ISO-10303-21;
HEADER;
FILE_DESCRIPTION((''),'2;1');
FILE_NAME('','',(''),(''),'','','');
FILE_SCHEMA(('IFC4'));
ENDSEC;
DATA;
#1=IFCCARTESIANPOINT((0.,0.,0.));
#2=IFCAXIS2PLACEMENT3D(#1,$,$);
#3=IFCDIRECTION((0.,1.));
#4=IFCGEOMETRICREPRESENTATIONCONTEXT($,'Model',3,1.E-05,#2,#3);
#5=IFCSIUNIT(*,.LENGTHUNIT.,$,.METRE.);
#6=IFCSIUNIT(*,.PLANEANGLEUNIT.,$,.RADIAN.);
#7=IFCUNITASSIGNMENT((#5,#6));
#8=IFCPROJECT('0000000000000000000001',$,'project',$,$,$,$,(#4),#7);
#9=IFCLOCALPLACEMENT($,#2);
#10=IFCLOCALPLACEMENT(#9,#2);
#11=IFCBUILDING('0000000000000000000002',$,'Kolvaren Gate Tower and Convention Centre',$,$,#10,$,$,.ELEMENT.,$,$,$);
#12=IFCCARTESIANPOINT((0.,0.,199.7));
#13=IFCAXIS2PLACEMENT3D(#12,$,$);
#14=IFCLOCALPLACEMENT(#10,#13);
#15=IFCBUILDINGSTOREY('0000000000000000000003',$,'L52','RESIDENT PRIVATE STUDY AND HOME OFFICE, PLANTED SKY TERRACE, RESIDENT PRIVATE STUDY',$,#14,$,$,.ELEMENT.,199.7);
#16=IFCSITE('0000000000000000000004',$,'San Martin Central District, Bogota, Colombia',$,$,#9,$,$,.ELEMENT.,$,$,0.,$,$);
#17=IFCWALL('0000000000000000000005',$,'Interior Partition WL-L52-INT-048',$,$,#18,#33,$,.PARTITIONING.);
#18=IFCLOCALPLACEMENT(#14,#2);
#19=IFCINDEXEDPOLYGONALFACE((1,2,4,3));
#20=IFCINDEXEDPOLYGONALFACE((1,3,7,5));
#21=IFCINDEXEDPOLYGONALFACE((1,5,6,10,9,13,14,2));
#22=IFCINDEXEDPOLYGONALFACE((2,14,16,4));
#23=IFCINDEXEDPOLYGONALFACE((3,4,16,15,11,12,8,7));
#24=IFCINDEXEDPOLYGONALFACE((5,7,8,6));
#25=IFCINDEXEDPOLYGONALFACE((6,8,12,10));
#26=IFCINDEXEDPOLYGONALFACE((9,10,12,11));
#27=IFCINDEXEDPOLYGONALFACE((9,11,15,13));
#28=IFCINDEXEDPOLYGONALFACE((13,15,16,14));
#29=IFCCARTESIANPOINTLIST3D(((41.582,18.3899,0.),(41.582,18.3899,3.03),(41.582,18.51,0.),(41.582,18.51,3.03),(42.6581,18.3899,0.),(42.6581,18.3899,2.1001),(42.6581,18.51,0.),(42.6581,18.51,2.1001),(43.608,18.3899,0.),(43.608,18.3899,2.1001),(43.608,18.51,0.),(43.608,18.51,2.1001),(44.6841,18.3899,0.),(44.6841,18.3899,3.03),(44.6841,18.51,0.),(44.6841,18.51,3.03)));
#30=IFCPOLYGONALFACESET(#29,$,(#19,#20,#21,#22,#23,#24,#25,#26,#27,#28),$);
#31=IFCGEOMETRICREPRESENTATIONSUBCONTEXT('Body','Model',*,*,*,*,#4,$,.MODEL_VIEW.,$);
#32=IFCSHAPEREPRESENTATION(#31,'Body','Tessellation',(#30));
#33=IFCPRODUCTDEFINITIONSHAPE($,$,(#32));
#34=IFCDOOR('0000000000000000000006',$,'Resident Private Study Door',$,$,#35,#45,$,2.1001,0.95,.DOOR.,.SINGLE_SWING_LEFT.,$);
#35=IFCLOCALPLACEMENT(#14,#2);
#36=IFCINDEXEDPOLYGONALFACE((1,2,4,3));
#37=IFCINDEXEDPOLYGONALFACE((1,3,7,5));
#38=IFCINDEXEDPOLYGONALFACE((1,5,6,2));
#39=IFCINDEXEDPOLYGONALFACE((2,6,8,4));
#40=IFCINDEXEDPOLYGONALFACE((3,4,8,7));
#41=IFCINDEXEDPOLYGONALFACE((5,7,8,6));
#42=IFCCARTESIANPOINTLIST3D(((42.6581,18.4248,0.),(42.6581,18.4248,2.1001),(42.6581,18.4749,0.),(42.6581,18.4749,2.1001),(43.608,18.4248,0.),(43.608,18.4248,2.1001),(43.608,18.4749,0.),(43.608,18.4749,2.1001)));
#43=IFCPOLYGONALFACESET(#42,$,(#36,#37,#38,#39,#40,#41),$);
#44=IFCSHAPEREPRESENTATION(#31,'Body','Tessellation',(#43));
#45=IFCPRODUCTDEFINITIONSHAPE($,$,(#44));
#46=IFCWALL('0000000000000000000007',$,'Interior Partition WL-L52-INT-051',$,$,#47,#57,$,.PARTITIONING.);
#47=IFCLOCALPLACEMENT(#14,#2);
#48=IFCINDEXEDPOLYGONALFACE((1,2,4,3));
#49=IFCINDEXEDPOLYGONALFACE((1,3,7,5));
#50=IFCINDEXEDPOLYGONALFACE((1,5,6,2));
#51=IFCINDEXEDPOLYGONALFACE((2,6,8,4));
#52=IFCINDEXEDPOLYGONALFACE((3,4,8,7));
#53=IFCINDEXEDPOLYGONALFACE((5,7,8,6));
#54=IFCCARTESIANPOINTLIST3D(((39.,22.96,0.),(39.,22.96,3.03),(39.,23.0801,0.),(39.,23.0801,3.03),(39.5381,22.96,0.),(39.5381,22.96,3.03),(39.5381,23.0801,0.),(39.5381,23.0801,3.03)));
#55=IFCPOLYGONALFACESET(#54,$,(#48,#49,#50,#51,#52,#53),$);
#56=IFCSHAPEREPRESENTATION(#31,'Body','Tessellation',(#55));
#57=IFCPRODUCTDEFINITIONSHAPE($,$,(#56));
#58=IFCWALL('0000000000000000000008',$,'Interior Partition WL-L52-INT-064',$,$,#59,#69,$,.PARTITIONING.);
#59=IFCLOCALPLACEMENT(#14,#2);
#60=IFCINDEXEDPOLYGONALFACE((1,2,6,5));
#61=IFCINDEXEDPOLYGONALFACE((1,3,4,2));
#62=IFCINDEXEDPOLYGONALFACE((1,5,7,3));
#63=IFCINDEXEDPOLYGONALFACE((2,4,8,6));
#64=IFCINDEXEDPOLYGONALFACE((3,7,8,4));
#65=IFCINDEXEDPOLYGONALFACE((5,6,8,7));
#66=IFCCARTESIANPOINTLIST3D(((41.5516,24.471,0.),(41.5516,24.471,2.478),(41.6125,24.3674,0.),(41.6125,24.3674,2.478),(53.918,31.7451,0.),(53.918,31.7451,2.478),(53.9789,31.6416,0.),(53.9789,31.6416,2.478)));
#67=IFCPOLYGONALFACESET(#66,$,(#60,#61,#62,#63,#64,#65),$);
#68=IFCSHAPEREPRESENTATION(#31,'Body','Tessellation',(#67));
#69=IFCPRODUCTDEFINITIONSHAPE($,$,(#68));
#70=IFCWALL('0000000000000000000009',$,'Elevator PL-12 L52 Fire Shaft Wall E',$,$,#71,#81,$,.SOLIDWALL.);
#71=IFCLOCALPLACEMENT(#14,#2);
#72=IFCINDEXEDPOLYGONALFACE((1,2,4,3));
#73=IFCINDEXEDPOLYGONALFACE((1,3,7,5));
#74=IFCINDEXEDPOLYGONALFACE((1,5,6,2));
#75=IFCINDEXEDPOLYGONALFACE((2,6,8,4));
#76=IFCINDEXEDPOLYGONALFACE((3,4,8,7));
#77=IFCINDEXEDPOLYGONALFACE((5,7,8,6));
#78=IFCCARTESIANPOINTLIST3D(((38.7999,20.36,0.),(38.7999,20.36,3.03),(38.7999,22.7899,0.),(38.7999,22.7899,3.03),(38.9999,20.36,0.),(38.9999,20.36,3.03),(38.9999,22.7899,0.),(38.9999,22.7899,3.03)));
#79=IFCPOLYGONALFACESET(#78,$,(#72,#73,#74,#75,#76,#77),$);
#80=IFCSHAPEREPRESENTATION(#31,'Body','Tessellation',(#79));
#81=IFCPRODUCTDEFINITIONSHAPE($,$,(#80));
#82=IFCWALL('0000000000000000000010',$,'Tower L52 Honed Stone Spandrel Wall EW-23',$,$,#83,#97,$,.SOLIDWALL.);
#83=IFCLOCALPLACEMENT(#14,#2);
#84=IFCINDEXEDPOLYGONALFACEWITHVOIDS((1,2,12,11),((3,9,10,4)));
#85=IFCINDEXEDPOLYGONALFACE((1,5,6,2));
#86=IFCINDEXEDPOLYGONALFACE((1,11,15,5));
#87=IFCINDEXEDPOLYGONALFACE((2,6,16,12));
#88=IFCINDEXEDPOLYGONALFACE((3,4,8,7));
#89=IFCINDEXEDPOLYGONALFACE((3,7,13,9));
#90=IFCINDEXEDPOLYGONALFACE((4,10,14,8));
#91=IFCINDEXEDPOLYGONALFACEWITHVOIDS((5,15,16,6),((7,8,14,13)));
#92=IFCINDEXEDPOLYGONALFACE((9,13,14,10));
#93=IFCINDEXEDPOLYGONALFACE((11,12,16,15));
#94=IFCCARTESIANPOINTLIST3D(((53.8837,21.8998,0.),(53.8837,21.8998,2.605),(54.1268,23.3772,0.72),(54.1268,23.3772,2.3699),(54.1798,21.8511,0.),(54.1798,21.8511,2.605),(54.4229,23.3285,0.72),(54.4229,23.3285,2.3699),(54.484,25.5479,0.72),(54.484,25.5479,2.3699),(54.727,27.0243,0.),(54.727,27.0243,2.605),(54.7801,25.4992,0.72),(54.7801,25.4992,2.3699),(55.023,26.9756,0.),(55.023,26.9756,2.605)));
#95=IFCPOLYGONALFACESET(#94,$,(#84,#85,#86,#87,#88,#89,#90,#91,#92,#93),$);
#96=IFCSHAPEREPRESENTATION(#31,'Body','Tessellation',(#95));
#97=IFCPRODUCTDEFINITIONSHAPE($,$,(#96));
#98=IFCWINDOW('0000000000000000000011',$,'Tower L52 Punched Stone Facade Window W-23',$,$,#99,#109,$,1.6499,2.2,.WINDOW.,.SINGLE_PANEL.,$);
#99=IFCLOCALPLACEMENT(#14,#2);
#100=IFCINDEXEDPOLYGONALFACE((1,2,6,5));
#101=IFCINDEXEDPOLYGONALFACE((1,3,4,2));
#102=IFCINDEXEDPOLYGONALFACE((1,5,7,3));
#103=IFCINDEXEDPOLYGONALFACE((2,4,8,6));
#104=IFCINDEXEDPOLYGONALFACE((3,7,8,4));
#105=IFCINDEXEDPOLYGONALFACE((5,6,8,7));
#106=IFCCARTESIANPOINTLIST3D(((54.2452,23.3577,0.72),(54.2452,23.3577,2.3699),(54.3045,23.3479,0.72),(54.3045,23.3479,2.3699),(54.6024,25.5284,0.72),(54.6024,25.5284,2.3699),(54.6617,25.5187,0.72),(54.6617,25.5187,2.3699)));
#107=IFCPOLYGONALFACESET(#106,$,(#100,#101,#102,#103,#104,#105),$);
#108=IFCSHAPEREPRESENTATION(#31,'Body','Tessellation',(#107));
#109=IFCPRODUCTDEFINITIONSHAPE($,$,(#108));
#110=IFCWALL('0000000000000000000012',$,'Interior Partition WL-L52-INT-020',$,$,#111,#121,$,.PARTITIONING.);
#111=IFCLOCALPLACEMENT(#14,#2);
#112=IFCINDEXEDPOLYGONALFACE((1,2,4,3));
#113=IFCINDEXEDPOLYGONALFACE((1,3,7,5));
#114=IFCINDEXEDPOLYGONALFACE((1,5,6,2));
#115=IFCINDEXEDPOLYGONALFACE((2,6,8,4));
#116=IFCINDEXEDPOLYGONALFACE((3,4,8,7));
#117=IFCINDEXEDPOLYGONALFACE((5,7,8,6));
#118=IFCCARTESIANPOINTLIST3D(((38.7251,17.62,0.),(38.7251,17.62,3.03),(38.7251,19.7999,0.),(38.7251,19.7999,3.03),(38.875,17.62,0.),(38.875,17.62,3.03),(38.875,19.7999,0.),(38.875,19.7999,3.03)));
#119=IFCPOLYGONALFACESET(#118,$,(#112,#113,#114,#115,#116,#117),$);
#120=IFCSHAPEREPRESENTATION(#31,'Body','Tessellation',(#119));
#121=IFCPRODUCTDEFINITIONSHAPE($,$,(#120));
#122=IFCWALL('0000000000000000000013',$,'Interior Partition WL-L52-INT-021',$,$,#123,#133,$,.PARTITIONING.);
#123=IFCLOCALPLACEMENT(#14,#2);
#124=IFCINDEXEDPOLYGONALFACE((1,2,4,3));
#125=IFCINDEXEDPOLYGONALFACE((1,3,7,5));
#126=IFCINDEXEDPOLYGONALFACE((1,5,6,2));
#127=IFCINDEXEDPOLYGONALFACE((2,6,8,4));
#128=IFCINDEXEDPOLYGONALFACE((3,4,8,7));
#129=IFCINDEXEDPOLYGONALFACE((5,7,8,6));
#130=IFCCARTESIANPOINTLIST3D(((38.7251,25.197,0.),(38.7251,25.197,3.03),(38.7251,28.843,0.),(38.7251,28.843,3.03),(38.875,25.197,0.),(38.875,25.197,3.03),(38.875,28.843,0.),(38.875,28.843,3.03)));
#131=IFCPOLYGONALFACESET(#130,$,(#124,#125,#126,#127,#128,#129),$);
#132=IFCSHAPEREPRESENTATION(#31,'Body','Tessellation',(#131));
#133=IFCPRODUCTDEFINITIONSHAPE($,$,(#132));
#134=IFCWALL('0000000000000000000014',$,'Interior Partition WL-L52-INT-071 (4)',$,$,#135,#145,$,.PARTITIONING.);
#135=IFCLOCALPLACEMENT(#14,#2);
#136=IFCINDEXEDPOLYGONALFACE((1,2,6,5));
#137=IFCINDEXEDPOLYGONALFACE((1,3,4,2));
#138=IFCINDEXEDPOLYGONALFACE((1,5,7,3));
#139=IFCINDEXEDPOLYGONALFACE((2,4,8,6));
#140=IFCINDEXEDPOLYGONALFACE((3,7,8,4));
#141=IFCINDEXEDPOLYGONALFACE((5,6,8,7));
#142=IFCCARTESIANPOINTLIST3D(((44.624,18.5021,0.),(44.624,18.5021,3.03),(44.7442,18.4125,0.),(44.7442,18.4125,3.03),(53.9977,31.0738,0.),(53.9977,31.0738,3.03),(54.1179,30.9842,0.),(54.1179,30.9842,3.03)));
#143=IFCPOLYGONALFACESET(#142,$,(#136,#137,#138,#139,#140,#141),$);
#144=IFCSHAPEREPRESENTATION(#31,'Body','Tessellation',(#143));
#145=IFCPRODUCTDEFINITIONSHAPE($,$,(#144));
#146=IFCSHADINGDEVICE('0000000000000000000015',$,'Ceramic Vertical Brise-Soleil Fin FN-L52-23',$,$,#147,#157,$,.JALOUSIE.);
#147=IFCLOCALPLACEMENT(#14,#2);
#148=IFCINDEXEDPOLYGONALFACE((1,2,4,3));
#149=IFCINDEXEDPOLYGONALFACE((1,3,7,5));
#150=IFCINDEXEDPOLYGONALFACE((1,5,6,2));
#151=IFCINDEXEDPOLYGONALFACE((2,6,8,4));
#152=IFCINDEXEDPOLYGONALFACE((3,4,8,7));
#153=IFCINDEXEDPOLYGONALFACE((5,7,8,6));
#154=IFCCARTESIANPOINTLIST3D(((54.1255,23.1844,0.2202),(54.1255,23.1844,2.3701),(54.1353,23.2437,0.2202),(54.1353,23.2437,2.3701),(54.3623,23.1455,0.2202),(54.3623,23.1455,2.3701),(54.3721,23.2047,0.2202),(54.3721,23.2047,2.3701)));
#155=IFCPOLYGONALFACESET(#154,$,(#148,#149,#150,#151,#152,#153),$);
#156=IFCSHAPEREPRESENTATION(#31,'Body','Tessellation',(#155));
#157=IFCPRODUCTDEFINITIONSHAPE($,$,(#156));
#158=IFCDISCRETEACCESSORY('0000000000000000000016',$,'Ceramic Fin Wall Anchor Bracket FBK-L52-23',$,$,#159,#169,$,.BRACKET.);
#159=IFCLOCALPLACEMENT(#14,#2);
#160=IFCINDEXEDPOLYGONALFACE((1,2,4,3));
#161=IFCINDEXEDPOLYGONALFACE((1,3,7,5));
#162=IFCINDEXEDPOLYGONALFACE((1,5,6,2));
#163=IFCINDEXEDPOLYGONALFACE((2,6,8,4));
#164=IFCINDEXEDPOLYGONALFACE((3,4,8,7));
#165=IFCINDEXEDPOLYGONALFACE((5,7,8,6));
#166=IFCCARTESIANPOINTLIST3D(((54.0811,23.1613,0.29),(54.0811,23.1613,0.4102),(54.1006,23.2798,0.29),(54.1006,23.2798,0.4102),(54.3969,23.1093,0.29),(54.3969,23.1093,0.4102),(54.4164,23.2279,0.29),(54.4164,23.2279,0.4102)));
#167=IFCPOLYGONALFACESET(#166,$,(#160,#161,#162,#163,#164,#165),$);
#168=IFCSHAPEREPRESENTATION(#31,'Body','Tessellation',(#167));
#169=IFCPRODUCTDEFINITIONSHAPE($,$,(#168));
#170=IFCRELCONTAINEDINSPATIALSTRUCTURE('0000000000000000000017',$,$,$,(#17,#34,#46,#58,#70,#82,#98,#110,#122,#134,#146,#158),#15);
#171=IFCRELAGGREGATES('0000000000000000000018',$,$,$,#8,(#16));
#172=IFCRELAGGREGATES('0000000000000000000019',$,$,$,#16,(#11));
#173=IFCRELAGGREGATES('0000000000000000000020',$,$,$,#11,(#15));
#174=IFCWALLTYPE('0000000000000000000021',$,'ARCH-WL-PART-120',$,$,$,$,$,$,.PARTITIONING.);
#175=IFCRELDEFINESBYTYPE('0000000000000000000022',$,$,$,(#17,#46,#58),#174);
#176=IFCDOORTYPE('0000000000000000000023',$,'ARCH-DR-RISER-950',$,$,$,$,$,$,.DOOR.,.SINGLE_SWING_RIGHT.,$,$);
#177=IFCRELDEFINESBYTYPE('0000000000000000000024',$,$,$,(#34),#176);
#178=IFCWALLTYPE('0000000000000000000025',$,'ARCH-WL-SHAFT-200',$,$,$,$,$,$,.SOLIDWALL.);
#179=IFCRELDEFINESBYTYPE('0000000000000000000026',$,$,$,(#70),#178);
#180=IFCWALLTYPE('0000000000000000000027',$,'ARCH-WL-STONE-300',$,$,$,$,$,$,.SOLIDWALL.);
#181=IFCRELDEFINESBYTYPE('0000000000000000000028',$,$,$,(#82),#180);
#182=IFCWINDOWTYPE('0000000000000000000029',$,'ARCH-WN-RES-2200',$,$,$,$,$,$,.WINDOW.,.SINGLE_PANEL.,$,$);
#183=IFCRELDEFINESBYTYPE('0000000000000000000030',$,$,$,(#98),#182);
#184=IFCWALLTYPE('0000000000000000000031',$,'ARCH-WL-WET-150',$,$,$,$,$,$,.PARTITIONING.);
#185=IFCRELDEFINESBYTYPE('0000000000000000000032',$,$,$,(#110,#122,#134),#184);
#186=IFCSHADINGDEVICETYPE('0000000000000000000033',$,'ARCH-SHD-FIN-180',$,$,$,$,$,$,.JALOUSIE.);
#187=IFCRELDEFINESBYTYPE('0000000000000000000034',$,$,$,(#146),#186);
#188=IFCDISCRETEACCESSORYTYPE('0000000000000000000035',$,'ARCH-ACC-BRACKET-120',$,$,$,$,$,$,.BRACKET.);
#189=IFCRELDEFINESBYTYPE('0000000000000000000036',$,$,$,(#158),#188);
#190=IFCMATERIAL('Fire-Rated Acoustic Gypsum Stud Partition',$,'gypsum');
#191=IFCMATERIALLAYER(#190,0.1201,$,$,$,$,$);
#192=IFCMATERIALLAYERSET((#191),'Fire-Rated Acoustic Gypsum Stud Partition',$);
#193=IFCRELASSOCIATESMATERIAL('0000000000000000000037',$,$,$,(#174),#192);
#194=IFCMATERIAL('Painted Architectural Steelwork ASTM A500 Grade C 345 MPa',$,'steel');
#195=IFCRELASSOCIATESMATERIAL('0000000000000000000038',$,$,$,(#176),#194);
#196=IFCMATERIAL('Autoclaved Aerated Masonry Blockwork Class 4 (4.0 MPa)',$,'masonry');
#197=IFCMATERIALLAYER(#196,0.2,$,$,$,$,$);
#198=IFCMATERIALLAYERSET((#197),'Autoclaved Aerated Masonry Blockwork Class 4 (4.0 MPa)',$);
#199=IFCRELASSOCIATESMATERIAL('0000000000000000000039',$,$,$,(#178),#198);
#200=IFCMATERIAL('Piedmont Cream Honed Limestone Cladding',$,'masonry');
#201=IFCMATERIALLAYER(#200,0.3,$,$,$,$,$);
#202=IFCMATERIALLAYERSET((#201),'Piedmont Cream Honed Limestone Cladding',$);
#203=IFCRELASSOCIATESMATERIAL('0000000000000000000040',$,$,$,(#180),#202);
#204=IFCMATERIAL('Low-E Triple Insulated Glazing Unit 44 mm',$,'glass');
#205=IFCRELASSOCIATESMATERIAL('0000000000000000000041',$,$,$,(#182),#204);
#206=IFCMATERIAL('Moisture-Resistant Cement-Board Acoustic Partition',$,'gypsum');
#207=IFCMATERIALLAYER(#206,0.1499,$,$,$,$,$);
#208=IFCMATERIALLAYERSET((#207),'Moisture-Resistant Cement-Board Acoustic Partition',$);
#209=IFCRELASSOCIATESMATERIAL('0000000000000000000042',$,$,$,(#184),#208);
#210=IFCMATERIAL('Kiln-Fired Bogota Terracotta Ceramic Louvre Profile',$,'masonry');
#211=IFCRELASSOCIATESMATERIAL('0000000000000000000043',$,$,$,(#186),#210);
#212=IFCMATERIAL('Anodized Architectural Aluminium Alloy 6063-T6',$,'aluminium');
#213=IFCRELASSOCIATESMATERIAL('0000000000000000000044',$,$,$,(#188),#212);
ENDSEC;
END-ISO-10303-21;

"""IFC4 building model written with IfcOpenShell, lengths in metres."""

from ifc_helpers import new_model, si_unit, direction, frame, frame_2d, origin, origin_2d, place, context, subcontext, project, spatial, rectangle, extrude, material, layer, layer_set, type_object, element, fill, save


model = new_model("IFC4")

# Units and contexts
model_context = context("Model", 3, precision=1e-05, world=origin(), true_north=direction((0.0, 1.0)))
body_context = subcontext(model_context, "Body", "Model", "MODEL_VIEW")
ifc_project = project(units=[si_unit("LENGTHUNIT", "METRE"), si_unit("PLANEANGLEUNIT", "RADIAN")], contexts=[model_context])

# Site, building, storey
site_placement = place(None, origin())
site = spatial("IfcSite", under=ifc_project, at=site_placement, Name="San Martin Central District, Bogota, Colombia", CompositionType="ELEMENT", RefElevation=0.0)
building_placement = place(site_placement, origin())
building = spatial("IfcBuilding", under=site, at=building_placement, Name="Kolvaren Gate Tower and Convention Centre", CompositionType="ELEMENT")
storey_placement = place(building_placement, frame((0.0, 0.0, 199.7)))
storey = spatial("IfcBuildingStorey", under=building, at=storey_placement, Name="L52", Description="RESIDENT PRIVATE STUDY AND HOME OFFICE, PLANTED SKY TERRACE, RESIDENT PRIVATE STUDY", CompositionType="ELEMENT", Elevation=199.7)

# Shared definitions
ifc_material_1 = material(Name="Fire-Rated Acoustic Gypsum Stud Partition", Category="gypsum")
ifc_layer_1 = layer(ifc_material_1, 0.1201)
ifc_layer_set_1 = layer_set([ifc_layer_1], Name="Fire-Rated Acoustic Gypsum Stud Partition")
wall_type_1 = type_object("IfcWallType", Name="ARCH-WL-PART-120", PredefinedType="PARTITIONING", material=ifc_layer_set_1)

# Wall, opening, door
wall_1_placement = place(storey_placement, frame((41.582, 18.45, 0.0), z_axis=(0.0, 0.0, 1.0), x_axis=(1.0, 0.0, 0.0)))
wall_1 = element("IfcWall", 1, at=wall_1_placement, inside=storey, type_object=wall_type_1, Name="Interior Partition WL-L52-INT-048", PredefinedType="PARTITIONING", context=body_context, shape_type="SweptSolid", body=[
    extrude(rectangle(XDim=3.1021, YDim=0.1201, at=frame_2d((1.551, 0.0))), origin(), (0.0, 0.0, 1.0), 3.03),
])
opening_1_placement = place(wall_1_placement, frame((1.0759, 0.0, 0.0)))
opening_1 = element("IfcOpeningElement", 2, at=opening_1_placement, cuts=wall_1, PredefinedType="OPENING", context=body_context, shape_type="SweptSolid", body=[
    extrude(rectangle(XDim=0.95, YDim=2.1001, at=frame_2d((0.4751, 1.05))), frame((0.0, 0.0701, 0.0), z_axis=(0.0, -1.0, 0.0), x_axis=(1.0, 0.0, 0.0)), (0.0, 0.0, 1.0), 0.1401),
])
ifc_material_2 = material(Name="Painted Architectural Steelwork ASTM A500 Grade C 345 MPa", Category="steel")
door_type = type_object("IfcDoorType", Name="ARCH-DR-RISER-950", OperationType="SINGLE_SWING_RIGHT", PredefinedType="DOOR", material=ifc_material_2)
door_placement = place(opening_1_placement, origin())
door = element("IfcDoor", 3, at=door_placement, inside=storey, type_object=door_type, Name="Resident Private Study Door", OperationType="SINGLE_SWING_LEFT", OverallHeight=2.1001, OverallWidth=0.95, PredefinedType="DOOR", context=body_context, shape_type="SweptSolid", body=[
    extrude(rectangle(XDim=0.95, YDim=2.1001, at=frame_2d((0.4751, 1.05))), frame((0.0, 0.0249, 0.0), z_axis=(0.0, -1.0, 0.0), x_axis=(1.0, 0.0, 0.0)), (0.0, 0.0, 1.0), 0.05),
])
fill(opening_1, door)

# Walls
wall_2_placement = place(storey_placement, frame((39.0, 23.02, 0.0), z_axis=(0.0, 0.0, 1.0), x_axis=(1.0, 0.0, 0.0)))
element("IfcWall", 4, at=wall_2_placement, inside=storey, type_object=wall_type_1, Name="Interior Partition WL-L52-INT-051", PredefinedType="PARTITIONING", context=body_context, shape_type="SweptSolid", body=[
    extrude(rectangle(XDim=0.5381, YDim=0.1201, at=frame_2d((0.269, 0.0))), origin(), (0.0, 0.0, 1.0), 3.03),
])
wall_3_placement = place(storey_placement, frame((41.582, 24.4192, 0.0), z_axis=(0.0, 0.0, 1.0), x_axis=(0.861941, 0.507009, 0.0)))
element("IfcWall", 5, at=wall_3_placement, inside=storey, type_object=wall_type_1, Name="Interior Partition WL-L52-INT-064", PredefinedType="PARTITIONING", context=body_context, shape_type="SweptSolid", body=[
    extrude(rectangle(XDim=14.3472, YDim=0.1201, at=frame_2d((7.1736, 0.0))), origin(), (0.0, 0.0, 1.0), 2.478),
])
ifc_material_3 = material(Name="Autoclaved Aerated Masonry Blockwork Class 4 (4.0 MPa)", Category="masonry")
ifc_layer_2 = layer(ifc_material_3, 0.2)
ifc_layer_set_2 = layer_set([ifc_layer_2], Name="Autoclaved Aerated Masonry Blockwork Class 4 (4.0 MPa)")
wall_type_2 = type_object("IfcWallType", Name="ARCH-WL-SHAFT-200", PredefinedType="SOLIDWALL", material=ifc_layer_set_2)
wall_4_placement = place(storey_placement, frame((38.8999, 20.3601, 0.0), z_axis=(0.0, 0.0, 1.0), x_axis=(0.0, 1.0, 0.0)))
element("IfcWall", 6, at=wall_4_placement, inside=storey, type_object=wall_type_2, Name="Elevator PL-12 L52 Fire Shaft Wall E", PredefinedType="SOLIDWALL", context=body_context, shape_type="SweptSolid", body=[
    extrude(rectangle(XDim=2.4299, YDim=0.2, at=frame_2d((1.2148, 0.0))), origin(), (0.0, 0.0, 1.0), 3.03),
])

# Wall, opening, window
ifc_material_4 = material(Name="Piedmont Cream Honed Limestone Cladding", Category="masonry")
ifc_layer_3 = layer(ifc_material_4, 0.3)
ifc_layer_set_3 = layer_set([ifc_layer_3], Name="Piedmont Cream Honed Limestone Cladding")
wall_type_3 = type_object("IfcWallType", Name="ARCH-WL-STONE-300", PredefinedType="SOLIDWALL", material=ifc_layer_set_3)
wall_5_placement = place(storey_placement, frame((54.0317, 21.8755, 0.0), z_axis=(0.0, 0.0, 1.0), x_axis=(0.162371, 0.98673, 0.0)))
wall_5 = element("IfcWall", 7, at=wall_5_placement, inside=storey, type_object=wall_type_3, Name="Tower L52 Honed Stone Spandrel Wall EW-23", PredefinedType="SOLIDWALL", context=body_context, shape_type="SweptSolid", body=[
    extrude(rectangle(XDim=5.1934, YDim=0.3, at=frame_2d((2.5967, 0.0))), origin(), (0.0, 0.0, 1.0), 2.605),
])
opening_2_placement = place(wall_5_placement, frame((1.4971, 0.0, 0.72)))
opening_2 = element("IfcOpeningElement", 8, at=opening_2_placement, cuts=wall_5, PredefinedType="OPENING", context=body_context, shape_type="SweptSolid", body=[
    extrude(rectangle(XDim=2.2, YDim=1.6499, at=frame_2d((1.1001, 0.825))), frame((0.0, 0.1599, 0.0), z_axis=(0.0, -1.0, 0.0), x_axis=(1.0, 0.0, 0.0)), (0.0, 0.0, 1.0), 0.3201),
])
ifc_material_5 = material(Name="Low-E Triple Insulated Glazing Unit 44 mm", Category="glass")
window_type = type_object("IfcWindowType", Name="ARCH-WN-RES-2200", PartitioningType="SINGLE_PANEL", PredefinedType="WINDOW", material=ifc_material_5)
window_placement = place(opening_2_placement, origin())
window = element("IfcWindow", 9, at=window_placement, inside=storey, type_object=window_type, Name="Tower L52 Punched Stone Facade Window W-23", OverallHeight=1.6499, OverallWidth=2.2, PartitioningType="SINGLE_PANEL", PredefinedType="WINDOW", context=body_context, shape_type="SweptSolid", body=[
    extrude(rectangle(XDim=2.2, YDim=1.6499, at=frame_2d((1.1001, 0.825))), frame((0.0, 0.03, 0.0), z_axis=(0.0, -1.0, 0.0), x_axis=(1.0, 0.0, 0.0)), (0.0, 0.0, 1.0), 0.0601),
])
fill(opening_2, window)

# Walls
ifc_material_6 = material(Name="Moisture-Resistant Cement-Board Acoustic Partition", Category="gypsum")
ifc_layer_4 = layer(ifc_material_6, 0.1499)
ifc_layer_set_4 = layer_set([ifc_layer_4], Name="Moisture-Resistant Cement-Board Acoustic Partition")
wall_type_4 = type_object("IfcWallType", Name="ARCH-WL-WET-150", PredefinedType="PARTITIONING", material=ifc_layer_set_4)
wall_6_placement = place(storey_placement, frame((38.8, 17.6201, 0.0), z_axis=(0.0, 0.0, 1.0), x_axis=(0.0, 1.0, 0.0)))
element("IfcWall", 10, at=wall_6_placement, inside=storey, type_object=wall_type_4, Name="Interior Partition WL-L52-INT-020", PredefinedType="PARTITIONING", context=body_context, shape_type="SweptSolid", body=[
    extrude(rectangle(XDim=2.1799, YDim=0.1499, at=frame_2d((1.0898, 0.0))), origin(), (0.0, 0.0, 1.0), 3.03),
])
wall_7_placement = place(storey_placement, frame((38.8, 25.197, 0.0), z_axis=(0.0, 0.0, 1.0), x_axis=(0.0, 1.0, 0.0)))
element("IfcWall", 11, at=wall_7_placement, inside=storey, type_object=wall_type_4, Name="Interior Partition WL-L52-INT-021", PredefinedType="PARTITIONING", context=body_context, shape_type="SweptSolid", body=[
    extrude(rectangle(XDim=3.646, YDim=0.1499, at=frame_2d((1.823, 0.0))), origin(), (0.0, 0.0, 1.0), 3.03),
])
wall_8_placement = place(storey_placement, frame((44.6841, 18.4573, 0.0), z_axis=(0.0, 0.0, 1.0), x_axis=(0.597751, 0.801682, 0.0)))
element("IfcWall", 12, at=wall_8_placement, inside=storey, type_object=wall_type_4, Name="Interior Partition WL-L52-INT-071 (4)", PredefinedType="PARTITIONING", context=body_context, shape_type="SweptSolid", body=[
    extrude(rectangle(XDim=15.6816, YDim=0.1499, at=frame_2d((7.8408, 0.0))), origin(), (0.0, 0.0, 1.0), 3.03),
])

# Shading device
ifc_material_7 = material(Name="Kiln-Fired Bogota Terracotta Ceramic Louvre Profile", Category="masonry")
shading_device_type = type_object("IfcShadingDeviceType", Name="ARCH-SHD-FIN-180", PredefinedType="JALOUSIE", material=ifc_material_7)
shading_device_placement = place(storey_placement, frame((54.2488, 23.1946, 0.2202), z_axis=(0.0, 0.0, 1.0), x_axis=(0.162375, 0.986729, 0.0)))
element("IfcShadingDevice", 13, at=shading_device_placement, inside=storey, type_object=shading_device_type, Name="Ceramic Vertical Brise-Soleil Fin FN-L52-23", PredefinedType="JALOUSIE", context=body_context, shape_type="SweptSolid", body=[
    extrude(rectangle(XDim=0.0601, YDim=0.24, at=origin_2d()), origin(), (0.0, 0.0, 1.0), 2.1499),
])

# Discrete accessory
ifc_material_8 = material(Name="Anodized Architectural Aluminium Alloy 6063-T6", Category="aluminium")
discrete_accessory_type = type_object("IfcDiscreteAccessoryType", Name="ARCH-ACC-BRACKET-120", PredefinedType="BRACKET", material=ifc_material_8)
discrete_accessory_placement = place(storey_placement, frame((54.2488, 23.1946, 0.29), z_axis=(0.0, 0.0, 1.0), x_axis=(0.162375, 0.986729, 0.0)))
element("IfcDiscreteAccessory", 14, at=discrete_accessory_placement, inside=storey, type_object=discrete_accessory_type, Name="Ceramic Fin Wall Anchor Bracket FBK-L52-23", PredefinedType="BRACKET", context=body_context, shape_type="SweptSolid", body=[
    extrude(rectangle(XDim=0.1201, YDim=0.3201, at=origin_2d()), origin(), (0.0, 0.0, 1.0), 0.1201),
])

save(model, "model.ifc")
